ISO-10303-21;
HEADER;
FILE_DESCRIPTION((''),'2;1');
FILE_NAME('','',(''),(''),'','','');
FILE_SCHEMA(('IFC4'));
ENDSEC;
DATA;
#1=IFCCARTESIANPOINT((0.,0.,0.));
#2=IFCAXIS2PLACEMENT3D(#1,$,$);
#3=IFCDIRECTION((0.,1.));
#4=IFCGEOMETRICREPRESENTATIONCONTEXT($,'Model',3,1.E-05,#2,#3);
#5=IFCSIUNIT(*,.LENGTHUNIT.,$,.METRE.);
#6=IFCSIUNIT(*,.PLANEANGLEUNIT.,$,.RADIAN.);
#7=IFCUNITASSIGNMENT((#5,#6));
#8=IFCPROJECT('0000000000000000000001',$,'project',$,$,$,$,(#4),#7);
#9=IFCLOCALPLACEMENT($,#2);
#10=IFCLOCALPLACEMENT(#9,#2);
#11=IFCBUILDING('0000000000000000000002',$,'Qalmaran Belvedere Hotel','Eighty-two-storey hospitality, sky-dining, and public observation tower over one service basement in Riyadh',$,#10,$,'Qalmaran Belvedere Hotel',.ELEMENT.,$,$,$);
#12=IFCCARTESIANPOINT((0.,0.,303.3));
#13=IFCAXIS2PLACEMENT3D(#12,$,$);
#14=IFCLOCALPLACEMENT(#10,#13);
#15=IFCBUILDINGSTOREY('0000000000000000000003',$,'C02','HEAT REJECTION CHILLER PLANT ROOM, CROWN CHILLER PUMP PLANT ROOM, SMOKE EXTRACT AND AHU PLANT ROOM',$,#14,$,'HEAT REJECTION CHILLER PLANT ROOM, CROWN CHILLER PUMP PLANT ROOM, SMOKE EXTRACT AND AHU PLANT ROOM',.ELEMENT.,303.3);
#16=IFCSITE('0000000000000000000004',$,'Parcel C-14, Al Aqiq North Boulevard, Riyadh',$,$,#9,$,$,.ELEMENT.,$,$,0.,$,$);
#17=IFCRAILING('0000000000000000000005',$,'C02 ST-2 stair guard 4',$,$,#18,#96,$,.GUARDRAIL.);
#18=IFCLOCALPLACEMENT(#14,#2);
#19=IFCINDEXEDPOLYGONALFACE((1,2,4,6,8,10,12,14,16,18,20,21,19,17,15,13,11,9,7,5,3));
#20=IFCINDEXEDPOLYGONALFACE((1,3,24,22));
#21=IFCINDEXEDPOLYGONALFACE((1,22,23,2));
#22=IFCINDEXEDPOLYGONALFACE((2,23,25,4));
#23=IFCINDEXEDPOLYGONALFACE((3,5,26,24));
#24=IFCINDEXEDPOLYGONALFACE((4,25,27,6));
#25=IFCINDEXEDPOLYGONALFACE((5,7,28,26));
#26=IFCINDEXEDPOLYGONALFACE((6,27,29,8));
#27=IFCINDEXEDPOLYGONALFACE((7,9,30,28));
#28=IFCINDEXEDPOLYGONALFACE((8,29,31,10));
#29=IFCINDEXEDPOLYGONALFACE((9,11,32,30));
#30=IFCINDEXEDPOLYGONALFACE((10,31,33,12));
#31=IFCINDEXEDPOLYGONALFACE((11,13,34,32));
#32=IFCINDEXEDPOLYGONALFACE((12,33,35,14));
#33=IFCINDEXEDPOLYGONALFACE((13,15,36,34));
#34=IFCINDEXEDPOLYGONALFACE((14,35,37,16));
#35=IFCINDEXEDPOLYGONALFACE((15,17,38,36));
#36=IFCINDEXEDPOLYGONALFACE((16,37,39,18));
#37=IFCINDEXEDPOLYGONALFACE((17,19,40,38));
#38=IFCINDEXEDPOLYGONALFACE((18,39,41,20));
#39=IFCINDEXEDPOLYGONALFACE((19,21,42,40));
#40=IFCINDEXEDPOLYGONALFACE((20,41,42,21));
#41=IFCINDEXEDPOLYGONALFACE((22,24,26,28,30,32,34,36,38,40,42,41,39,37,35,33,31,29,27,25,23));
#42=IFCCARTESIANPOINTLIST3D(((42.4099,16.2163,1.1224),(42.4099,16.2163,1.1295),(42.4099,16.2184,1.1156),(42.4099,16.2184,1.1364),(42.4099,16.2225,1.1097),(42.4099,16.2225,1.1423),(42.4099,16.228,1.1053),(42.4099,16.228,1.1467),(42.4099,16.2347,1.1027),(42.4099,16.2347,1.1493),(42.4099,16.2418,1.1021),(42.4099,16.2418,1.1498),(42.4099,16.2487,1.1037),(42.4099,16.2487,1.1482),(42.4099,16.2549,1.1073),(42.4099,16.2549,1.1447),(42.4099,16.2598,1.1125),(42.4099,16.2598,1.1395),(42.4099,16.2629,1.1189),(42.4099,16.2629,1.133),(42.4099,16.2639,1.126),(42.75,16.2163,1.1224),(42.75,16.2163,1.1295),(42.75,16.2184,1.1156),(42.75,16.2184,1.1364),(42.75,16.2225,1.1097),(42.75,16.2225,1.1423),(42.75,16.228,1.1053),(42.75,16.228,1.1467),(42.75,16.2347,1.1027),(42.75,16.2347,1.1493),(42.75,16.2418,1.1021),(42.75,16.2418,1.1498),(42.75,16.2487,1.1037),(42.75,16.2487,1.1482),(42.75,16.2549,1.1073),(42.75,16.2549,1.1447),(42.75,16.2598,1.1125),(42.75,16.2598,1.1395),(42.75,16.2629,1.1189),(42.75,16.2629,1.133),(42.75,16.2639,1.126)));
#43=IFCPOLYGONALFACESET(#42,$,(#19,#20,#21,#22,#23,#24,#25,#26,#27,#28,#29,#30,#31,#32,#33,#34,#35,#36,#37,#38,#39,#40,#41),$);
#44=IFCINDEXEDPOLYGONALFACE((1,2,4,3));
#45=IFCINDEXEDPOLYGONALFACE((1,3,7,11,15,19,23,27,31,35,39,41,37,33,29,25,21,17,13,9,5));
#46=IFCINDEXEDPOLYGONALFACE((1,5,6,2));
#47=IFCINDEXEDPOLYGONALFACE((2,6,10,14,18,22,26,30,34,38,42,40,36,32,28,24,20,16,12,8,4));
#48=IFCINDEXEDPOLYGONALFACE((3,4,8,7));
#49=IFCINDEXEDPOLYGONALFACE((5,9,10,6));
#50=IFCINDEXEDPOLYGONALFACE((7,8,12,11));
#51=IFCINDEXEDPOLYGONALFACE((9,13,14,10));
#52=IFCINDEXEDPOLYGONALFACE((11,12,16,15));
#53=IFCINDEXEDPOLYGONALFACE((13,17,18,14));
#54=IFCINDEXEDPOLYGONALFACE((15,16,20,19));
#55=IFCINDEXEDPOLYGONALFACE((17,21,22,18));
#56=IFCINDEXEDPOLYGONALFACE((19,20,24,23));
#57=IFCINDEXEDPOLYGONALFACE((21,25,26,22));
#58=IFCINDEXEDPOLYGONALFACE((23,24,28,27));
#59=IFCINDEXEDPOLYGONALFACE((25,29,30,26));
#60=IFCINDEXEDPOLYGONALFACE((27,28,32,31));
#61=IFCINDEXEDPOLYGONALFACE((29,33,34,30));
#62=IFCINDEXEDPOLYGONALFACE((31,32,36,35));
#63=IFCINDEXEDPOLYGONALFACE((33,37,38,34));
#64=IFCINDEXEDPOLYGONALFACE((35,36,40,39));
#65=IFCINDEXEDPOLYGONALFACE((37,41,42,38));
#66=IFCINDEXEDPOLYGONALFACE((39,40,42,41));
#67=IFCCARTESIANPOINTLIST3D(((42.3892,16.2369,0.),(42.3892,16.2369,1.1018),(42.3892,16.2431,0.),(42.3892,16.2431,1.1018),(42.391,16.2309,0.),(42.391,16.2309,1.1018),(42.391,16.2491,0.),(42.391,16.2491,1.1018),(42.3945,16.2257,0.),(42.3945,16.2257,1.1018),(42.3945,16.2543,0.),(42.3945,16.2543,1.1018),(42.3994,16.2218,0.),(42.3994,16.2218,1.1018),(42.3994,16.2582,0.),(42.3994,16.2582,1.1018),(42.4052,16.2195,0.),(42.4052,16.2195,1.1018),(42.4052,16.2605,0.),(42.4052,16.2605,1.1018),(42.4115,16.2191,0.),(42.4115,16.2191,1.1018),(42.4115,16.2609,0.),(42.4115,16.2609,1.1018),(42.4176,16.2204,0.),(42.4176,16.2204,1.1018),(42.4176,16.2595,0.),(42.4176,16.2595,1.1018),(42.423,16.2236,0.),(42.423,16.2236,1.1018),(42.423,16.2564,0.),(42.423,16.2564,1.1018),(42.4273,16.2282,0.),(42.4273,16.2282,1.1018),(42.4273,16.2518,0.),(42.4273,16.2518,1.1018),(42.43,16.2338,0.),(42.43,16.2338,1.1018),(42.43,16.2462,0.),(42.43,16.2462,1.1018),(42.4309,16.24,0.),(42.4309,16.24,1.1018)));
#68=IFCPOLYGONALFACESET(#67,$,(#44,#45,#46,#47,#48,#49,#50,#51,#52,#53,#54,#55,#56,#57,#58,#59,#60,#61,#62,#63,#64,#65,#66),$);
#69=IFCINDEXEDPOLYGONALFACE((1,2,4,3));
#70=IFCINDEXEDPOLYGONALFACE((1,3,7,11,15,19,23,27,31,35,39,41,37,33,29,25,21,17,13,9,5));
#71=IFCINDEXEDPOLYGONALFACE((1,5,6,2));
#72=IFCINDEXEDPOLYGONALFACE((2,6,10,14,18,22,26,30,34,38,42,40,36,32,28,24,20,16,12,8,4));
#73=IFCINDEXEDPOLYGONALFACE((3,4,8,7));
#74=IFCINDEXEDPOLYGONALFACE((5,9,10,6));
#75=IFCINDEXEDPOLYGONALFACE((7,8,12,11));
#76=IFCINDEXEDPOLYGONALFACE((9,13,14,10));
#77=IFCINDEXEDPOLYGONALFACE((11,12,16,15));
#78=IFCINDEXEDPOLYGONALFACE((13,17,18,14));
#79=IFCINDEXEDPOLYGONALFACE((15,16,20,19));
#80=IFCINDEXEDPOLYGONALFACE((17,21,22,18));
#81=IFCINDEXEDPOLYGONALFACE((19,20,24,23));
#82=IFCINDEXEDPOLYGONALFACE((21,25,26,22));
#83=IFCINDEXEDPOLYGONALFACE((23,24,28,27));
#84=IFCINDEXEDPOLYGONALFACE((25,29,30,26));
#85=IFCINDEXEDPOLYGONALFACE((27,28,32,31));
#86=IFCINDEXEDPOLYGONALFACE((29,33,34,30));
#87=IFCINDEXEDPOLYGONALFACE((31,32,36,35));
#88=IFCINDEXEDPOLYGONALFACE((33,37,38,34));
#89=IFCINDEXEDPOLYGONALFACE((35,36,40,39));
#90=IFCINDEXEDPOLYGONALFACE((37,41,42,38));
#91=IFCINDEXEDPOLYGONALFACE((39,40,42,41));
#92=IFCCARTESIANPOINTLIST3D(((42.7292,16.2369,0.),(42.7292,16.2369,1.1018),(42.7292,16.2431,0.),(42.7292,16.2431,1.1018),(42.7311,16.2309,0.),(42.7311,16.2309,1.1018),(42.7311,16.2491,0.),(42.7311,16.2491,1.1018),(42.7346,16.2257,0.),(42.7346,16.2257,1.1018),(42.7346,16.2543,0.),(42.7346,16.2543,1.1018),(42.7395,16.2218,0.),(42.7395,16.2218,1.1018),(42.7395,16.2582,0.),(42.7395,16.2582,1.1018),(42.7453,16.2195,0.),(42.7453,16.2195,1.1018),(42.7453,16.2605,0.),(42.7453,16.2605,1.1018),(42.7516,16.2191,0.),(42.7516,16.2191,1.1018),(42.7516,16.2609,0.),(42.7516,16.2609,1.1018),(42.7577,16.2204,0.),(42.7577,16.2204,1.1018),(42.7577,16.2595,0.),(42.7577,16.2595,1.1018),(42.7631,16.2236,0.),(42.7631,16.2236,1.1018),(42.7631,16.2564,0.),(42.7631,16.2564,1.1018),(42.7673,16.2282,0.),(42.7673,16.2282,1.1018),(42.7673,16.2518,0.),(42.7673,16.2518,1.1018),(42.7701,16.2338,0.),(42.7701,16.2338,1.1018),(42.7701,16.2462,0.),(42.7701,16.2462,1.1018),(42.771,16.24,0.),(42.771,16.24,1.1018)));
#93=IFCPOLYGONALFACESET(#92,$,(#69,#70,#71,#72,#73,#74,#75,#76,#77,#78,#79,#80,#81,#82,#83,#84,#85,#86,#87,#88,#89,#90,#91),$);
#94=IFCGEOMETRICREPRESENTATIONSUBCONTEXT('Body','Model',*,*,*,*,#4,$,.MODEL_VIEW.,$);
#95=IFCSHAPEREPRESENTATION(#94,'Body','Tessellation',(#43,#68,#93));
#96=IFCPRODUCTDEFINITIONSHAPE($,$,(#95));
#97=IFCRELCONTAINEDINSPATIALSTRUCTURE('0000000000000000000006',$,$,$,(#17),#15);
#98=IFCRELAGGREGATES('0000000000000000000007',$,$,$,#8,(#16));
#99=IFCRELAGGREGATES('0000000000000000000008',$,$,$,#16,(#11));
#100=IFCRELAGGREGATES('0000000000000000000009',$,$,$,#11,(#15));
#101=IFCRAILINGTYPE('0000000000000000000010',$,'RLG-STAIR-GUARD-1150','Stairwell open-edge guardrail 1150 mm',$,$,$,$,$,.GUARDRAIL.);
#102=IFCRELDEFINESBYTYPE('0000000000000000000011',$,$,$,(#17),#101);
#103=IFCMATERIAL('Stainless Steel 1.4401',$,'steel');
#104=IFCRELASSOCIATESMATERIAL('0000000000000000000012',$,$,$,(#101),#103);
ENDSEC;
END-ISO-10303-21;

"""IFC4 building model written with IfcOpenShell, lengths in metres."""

from ifc_helpers import new_model, si_unit, direction, frame, origin, origin_2d, place, context, subcontext, project, spatial, circle, extrude, material, type_object, element, save


model = new_model("IFC4")

# Units and contexts
model_context = context("Model", 3, precision=1e-05, world=origin(), true_north=direction((0.0, 1.0)))
body_context = subcontext(model_context, "Body", "Model", "MODEL_VIEW")
ifc_project = project(units=[si_unit("LENGTHUNIT", "METRE"), si_unit("PLANEANGLEUNIT", "RADIAN")], contexts=[model_context])

# Site, building, storey
site_placement = place(None, origin())
site = spatial("IfcSite", under=ifc_project, at=site_placement, Name="Parcel C-14, Al Aqiq North Boulevard, Riyadh", CompositionType="ELEMENT", RefElevation=0.0)
building_placement = place(site_placement, origin())
building = spatial("IfcBuilding", under=site, at=building_placement, Name="Qalmaran Belvedere Hotel", Description="Eighty-two-storey hospitality, sky-dining, and public observation tower over one service basement in Riyadh", LongName="Qalmaran Belvedere Hotel", CompositionType="ELEMENT")
storey_placement = place(building_placement, frame((0.0, 0.0, 303.3)))
storey = spatial("IfcBuildingStorey", under=building, at=storey_placement, Name="C02", Description="HEAT REJECTION CHILLER PLANT ROOM, CROWN CHILLER PUMP PLANT ROOM, SMOKE EXTRACT AND AHU PLANT ROOM", LongName="HEAT REJECTION CHILLER PLANT ROOM, CROWN CHILLER PUMP PLANT ROOM, SMOKE EXTRACT AND AHU PLANT ROOM", CompositionType="ELEMENT", Elevation=303.3)

# Railing
ifc_material_1 = material(Name="Stainless Steel 1.4401", Category="steel")
railing_type_1 = type_object("IfcRailingType", Name="RLG-STAIR-GUARD-1150", Description="Stairwell open-edge guardrail 1150 mm", PredefinedType="GUARDRAIL", material=ifc_material_1)
railing_1_placement = place(storey_placement, frame((42.4099, 16.24, 0.0)))
element("IfcRailing", 1, at=railing_1_placement, inside=storey, type_object=railing_type_1, Name="C02 ST-2 stair guard 4", PredefinedType="GUARDRAIL", context=body_context, shape_type="SweptSolid", body=[
    extrude(circle(Radius=0.0239, at=origin_2d()), frame((0.0, 0.0, 1.126), z_axis=(1.0, 0.0, 0.0), x_axis=(0.0, 1.0, 0.0)), (0.0, 0.0, 1.0), 0.3401),
    extrude(circle(Radius=0.021, at=origin_2d()), origin(), (0.0, 0.0, 1.0), 1.1018),
    extrude(circle(Radius=0.021, at=origin_2d()), frame((0.3401, 0.0, 0.0)), (0.0, 0.0, 1.0), 1.1018),
])

save(model, "model.ifc")
